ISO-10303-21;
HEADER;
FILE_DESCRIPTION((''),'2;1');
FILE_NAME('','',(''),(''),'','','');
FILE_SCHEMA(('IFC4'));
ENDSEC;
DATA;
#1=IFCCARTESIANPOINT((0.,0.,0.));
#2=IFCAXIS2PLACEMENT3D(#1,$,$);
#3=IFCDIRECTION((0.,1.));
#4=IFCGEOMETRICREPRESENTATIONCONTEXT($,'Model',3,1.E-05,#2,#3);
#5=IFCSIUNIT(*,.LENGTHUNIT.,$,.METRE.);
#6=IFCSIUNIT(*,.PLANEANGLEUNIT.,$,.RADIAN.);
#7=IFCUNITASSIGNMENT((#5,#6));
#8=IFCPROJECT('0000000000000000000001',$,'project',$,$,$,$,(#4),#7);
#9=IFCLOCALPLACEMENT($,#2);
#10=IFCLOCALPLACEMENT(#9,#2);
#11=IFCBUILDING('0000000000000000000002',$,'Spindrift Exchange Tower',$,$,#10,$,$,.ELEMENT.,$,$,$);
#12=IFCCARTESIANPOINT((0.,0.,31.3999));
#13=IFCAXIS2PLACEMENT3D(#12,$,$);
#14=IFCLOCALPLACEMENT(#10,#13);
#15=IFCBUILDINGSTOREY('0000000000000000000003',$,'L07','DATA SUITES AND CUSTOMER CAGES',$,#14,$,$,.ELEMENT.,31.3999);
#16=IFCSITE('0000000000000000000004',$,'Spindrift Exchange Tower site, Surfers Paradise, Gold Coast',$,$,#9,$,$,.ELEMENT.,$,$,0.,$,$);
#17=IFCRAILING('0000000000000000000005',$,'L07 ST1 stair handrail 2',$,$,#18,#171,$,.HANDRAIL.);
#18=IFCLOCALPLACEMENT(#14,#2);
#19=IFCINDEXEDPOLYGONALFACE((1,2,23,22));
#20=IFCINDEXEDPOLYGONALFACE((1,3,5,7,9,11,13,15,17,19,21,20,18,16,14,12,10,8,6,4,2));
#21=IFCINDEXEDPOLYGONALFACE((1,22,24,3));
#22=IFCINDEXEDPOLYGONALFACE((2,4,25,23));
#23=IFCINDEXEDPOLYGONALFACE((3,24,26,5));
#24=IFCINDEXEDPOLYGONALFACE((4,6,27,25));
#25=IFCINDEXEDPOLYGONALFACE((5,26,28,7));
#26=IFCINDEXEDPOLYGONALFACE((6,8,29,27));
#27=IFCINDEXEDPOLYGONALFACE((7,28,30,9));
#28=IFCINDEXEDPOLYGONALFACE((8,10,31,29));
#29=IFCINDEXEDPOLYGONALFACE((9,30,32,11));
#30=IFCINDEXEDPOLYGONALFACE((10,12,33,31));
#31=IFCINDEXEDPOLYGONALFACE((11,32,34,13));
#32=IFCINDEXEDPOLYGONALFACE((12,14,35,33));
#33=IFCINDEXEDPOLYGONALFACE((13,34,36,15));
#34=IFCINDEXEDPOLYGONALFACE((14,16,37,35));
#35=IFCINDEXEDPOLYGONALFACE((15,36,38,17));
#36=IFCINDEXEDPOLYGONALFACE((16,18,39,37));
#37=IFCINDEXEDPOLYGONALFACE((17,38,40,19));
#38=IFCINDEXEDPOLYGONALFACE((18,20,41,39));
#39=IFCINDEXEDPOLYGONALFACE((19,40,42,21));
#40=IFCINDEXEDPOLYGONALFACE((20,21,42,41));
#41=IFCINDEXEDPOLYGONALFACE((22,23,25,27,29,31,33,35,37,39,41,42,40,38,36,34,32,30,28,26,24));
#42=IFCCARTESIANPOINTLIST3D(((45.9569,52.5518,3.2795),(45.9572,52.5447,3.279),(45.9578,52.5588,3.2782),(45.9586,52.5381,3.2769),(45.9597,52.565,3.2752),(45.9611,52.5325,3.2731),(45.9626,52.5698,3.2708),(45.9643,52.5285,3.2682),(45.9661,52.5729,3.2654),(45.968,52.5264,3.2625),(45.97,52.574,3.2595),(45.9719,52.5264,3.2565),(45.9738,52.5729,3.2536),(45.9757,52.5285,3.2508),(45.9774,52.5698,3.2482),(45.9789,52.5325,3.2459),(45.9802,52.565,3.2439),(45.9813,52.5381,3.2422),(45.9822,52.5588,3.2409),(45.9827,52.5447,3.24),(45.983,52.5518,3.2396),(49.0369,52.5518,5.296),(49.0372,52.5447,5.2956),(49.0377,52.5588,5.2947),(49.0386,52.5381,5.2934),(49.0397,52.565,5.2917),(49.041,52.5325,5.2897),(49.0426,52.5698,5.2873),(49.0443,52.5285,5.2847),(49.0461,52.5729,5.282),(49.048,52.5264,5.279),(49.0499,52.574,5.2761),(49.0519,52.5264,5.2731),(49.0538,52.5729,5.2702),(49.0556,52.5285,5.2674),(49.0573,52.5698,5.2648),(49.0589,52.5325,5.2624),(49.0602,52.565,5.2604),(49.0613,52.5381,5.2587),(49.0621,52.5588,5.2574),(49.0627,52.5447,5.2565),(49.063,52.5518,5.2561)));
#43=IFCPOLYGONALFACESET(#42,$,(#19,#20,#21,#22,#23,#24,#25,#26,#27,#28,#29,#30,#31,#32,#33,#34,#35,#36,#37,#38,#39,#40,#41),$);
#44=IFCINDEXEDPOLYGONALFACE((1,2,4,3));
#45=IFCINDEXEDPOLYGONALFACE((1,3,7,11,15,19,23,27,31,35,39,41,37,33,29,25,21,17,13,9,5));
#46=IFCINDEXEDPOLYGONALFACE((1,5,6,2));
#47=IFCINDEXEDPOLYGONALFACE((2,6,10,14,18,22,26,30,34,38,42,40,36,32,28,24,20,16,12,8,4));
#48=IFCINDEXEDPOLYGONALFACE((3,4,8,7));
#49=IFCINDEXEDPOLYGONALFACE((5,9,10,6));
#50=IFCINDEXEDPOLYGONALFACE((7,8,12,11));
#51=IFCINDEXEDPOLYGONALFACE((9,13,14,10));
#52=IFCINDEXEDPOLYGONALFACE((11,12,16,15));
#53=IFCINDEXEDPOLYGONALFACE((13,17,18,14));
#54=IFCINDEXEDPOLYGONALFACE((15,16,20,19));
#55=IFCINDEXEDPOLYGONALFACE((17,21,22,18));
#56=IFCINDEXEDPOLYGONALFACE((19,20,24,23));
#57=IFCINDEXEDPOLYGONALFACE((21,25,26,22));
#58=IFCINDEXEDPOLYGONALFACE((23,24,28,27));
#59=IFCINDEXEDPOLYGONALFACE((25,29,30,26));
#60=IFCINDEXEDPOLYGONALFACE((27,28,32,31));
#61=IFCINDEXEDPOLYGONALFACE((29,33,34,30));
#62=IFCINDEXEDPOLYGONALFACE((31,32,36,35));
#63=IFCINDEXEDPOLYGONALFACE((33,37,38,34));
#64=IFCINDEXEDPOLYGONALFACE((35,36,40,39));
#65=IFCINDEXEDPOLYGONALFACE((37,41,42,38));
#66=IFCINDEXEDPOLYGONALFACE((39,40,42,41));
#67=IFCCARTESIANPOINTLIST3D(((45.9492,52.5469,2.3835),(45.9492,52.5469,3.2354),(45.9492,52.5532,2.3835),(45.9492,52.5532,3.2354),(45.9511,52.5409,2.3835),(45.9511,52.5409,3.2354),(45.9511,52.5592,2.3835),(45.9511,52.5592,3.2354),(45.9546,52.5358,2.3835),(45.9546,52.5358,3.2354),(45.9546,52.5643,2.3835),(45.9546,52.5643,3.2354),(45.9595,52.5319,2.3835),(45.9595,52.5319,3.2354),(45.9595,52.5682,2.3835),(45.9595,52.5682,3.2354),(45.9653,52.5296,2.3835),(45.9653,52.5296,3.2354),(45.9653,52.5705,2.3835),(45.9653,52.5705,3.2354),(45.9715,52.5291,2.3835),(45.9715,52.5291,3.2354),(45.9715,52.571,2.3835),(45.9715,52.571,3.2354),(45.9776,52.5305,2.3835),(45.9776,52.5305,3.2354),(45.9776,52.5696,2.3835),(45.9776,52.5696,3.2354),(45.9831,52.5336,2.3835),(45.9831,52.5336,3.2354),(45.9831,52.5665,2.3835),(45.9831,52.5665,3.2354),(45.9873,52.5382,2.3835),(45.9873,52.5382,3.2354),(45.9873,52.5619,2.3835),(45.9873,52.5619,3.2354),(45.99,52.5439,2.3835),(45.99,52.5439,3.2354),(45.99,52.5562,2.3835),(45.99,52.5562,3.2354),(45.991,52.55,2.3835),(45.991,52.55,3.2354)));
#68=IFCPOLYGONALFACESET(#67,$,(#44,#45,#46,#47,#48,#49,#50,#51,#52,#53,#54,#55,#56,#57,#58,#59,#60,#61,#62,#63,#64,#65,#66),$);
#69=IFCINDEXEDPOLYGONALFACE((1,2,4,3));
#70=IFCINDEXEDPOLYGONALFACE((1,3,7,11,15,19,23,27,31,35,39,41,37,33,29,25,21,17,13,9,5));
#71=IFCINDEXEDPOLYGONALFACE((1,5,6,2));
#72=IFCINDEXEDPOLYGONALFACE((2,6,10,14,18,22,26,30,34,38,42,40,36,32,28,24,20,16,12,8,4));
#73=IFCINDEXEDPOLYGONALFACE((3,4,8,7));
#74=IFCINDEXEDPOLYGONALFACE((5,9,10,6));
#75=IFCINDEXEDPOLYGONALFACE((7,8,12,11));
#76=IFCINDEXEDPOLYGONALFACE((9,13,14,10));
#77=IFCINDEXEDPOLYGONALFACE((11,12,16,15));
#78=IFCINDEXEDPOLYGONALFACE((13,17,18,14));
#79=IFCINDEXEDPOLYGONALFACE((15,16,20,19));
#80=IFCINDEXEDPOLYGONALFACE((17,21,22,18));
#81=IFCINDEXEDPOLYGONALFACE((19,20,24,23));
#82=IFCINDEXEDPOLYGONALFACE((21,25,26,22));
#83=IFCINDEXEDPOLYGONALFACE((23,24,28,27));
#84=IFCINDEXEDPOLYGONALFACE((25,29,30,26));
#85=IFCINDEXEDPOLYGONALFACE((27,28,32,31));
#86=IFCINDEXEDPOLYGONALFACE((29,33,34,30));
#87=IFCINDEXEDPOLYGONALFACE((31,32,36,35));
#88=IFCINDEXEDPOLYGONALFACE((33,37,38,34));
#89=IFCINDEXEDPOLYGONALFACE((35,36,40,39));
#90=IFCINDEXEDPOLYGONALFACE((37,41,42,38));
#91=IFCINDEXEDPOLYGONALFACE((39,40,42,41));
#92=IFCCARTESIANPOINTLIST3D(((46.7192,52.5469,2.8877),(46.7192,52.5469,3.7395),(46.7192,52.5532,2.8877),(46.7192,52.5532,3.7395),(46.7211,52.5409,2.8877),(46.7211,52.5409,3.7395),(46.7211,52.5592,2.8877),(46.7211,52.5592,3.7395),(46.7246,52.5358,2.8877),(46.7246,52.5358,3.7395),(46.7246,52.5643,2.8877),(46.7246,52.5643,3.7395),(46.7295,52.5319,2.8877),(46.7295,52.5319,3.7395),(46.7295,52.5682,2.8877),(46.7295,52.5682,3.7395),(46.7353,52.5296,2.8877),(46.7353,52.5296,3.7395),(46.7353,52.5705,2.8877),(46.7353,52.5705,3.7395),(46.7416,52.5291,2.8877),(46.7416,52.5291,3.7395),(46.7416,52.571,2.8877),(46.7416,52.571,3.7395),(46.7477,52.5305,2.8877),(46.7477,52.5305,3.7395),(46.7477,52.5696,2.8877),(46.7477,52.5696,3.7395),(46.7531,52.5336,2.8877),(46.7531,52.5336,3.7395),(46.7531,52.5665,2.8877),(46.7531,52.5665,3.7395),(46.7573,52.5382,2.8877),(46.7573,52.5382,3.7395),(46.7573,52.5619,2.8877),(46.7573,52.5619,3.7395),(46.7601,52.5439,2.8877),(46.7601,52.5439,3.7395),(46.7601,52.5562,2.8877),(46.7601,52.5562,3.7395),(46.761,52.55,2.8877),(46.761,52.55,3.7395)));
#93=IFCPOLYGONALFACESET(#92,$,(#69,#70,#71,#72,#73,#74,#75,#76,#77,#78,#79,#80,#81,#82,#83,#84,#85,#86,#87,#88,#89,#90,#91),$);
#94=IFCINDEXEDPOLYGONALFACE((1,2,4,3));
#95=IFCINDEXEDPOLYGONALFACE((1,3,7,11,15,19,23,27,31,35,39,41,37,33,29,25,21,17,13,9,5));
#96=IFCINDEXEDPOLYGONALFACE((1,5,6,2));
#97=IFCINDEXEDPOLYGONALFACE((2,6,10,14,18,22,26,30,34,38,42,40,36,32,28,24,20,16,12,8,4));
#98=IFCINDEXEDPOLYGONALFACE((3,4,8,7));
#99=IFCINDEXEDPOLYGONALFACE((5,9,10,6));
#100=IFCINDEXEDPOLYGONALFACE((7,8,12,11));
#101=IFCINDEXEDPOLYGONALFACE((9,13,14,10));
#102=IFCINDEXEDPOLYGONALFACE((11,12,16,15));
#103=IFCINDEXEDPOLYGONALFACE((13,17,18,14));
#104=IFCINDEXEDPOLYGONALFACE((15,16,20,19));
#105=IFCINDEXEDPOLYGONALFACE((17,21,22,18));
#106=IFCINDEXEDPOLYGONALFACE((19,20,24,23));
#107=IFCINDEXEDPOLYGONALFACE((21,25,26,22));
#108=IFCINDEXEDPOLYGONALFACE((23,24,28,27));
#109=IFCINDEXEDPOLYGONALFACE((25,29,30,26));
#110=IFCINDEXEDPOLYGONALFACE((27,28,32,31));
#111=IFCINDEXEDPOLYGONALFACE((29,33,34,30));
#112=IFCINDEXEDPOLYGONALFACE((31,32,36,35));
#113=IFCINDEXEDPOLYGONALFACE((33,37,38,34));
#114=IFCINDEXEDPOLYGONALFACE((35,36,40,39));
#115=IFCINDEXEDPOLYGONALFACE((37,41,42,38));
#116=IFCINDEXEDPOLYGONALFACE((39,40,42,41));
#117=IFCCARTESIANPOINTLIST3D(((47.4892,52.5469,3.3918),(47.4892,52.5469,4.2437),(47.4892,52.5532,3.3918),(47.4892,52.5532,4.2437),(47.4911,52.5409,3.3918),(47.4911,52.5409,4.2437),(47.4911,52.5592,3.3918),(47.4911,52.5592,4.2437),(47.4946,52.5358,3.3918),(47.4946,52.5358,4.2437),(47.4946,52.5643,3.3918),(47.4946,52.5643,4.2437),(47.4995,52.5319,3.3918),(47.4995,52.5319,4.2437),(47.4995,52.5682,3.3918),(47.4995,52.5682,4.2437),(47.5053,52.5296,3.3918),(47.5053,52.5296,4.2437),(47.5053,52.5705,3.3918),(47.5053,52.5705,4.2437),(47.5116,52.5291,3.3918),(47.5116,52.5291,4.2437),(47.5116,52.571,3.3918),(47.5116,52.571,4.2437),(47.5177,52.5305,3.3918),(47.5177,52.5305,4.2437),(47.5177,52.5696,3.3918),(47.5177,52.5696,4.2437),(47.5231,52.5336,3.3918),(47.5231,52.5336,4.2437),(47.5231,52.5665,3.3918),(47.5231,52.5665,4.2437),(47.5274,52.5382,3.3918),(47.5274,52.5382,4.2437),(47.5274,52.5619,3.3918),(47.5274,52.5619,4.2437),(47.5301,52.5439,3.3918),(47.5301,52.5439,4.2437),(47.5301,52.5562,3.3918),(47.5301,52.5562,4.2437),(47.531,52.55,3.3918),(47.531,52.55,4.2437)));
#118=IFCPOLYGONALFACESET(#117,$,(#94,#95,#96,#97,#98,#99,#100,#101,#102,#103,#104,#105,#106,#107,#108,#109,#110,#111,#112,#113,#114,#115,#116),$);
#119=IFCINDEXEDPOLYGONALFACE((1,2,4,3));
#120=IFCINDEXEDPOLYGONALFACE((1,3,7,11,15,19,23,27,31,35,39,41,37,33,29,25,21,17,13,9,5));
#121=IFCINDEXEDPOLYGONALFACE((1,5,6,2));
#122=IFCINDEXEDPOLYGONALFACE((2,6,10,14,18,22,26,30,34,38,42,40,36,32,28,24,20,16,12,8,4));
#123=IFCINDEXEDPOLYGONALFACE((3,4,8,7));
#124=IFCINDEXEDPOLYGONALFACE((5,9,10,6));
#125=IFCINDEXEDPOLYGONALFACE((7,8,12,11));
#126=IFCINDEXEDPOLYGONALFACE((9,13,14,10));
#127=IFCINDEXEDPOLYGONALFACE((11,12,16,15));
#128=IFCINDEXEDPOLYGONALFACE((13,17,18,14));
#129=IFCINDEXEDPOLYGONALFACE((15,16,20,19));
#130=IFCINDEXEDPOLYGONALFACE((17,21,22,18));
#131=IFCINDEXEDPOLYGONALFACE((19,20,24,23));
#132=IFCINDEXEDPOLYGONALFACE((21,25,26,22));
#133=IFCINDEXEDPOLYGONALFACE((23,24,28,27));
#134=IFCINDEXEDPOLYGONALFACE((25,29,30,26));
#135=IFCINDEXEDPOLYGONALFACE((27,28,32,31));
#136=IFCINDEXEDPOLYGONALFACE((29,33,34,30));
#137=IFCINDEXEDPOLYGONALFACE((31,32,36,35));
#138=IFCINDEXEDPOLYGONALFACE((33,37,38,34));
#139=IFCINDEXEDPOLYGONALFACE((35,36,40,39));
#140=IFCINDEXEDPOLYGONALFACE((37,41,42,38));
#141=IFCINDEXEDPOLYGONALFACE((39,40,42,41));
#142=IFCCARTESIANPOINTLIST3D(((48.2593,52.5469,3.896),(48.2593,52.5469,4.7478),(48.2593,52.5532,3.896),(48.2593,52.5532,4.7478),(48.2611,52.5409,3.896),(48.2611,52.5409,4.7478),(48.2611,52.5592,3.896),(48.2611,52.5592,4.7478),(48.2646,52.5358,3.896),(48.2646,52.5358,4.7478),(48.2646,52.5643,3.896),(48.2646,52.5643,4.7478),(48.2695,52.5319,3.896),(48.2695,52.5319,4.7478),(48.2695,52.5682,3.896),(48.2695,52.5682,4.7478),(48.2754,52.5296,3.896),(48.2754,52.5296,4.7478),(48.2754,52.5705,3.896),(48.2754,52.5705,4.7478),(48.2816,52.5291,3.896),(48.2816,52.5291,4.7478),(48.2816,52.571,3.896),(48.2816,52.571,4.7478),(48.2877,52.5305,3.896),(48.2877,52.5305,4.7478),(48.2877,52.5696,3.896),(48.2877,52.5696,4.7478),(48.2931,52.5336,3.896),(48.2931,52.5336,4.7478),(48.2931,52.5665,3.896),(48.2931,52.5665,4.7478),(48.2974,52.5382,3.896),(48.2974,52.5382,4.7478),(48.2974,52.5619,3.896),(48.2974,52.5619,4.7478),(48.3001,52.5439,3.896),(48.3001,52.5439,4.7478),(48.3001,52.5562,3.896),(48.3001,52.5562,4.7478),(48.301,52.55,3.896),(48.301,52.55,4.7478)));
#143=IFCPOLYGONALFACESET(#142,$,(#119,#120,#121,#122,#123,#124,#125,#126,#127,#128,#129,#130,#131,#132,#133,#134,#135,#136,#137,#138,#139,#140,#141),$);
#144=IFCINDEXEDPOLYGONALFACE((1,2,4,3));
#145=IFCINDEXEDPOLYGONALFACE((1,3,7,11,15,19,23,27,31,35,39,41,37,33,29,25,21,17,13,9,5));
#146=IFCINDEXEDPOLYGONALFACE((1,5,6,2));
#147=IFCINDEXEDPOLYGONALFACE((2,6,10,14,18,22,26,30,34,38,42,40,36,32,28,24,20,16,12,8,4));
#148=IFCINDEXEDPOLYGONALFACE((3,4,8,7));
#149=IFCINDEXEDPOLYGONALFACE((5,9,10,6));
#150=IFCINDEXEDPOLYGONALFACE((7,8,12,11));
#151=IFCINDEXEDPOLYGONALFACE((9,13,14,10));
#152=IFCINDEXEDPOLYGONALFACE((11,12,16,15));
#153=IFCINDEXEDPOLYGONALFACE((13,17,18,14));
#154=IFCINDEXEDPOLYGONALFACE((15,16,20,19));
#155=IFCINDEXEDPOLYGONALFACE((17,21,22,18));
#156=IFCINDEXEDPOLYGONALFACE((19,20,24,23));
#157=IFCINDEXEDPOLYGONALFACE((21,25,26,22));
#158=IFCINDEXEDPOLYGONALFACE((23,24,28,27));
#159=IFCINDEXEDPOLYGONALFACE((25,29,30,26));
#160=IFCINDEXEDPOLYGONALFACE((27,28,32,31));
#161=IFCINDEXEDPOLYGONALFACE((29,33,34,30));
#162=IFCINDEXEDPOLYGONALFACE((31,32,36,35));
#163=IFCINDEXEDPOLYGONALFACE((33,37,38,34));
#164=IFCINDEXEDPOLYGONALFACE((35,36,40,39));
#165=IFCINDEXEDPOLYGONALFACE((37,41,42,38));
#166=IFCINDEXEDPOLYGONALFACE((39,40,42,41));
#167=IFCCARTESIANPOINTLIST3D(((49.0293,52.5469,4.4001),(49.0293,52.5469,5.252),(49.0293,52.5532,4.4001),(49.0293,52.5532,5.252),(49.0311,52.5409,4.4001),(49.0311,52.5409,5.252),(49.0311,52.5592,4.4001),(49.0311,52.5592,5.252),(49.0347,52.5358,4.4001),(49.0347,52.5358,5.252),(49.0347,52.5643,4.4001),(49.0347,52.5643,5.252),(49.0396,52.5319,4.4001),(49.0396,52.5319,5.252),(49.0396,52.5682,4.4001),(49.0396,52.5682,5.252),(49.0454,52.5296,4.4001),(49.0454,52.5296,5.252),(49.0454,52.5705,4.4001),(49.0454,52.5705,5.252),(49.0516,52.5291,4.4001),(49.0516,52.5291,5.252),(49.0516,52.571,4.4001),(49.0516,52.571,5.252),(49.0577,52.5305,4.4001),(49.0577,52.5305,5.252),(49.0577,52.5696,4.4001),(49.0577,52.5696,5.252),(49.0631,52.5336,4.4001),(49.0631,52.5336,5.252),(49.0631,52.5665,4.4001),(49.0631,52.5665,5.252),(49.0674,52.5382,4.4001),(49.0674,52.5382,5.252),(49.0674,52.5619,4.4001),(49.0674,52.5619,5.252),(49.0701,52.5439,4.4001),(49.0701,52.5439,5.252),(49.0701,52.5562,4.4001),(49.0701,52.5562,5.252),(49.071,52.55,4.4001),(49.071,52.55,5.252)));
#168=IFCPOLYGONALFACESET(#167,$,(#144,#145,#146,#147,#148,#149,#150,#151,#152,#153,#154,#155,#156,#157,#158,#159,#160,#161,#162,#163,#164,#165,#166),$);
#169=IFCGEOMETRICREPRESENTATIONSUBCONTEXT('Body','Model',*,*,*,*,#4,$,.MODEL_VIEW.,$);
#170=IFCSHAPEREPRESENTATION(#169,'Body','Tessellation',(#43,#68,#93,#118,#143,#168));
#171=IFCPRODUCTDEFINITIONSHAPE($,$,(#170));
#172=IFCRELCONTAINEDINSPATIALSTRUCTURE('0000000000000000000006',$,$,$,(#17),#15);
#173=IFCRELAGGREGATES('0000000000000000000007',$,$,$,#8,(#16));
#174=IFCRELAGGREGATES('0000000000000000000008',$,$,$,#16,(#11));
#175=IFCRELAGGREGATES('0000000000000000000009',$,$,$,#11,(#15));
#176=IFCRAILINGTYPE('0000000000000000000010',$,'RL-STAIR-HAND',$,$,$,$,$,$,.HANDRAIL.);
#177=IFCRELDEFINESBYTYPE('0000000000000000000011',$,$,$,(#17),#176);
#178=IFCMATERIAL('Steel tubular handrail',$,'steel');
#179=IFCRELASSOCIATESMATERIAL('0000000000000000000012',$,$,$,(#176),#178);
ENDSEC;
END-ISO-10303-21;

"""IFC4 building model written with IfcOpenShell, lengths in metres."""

from ifc_helpers import new_model, si_unit, direction, frame, origin, origin_2d, place, context, subcontext, project, spatial, circle, extrude, material, type_object, element, save


model = new_model("IFC4")

# Units and contexts
model_context = context("Model", 3, precision=1e-05, world=origin(), true_north=direction((0.0, 1.0)))
body_context = subcontext(model_context, "Body", "Model", "MODEL_VIEW")
ifc_project = project(units=[si_unit("LENGTHUNIT", "METRE"), si_unit("PLANEANGLEUNIT", "RADIAN")], contexts=[model_context])

# Site, building, storey
site_placement = place(None, origin())
site = spatial("IfcSite", under=ifc_project, at=site_placement, Name="Spindrift Exchange Tower site, Surfers Paradise, Gold Coast", CompositionType="ELEMENT", RefElevation=0.0)
building_placement = place(site_placement, origin())
building = spatial("IfcBuilding", under=site, at=building_placement, Name="Spindrift Exchange Tower", CompositionType="ELEMENT")
storey_placement = place(building_placement, frame((0.0, 0.0, 31.3999)))
storey = spatial("IfcBuildingStorey", under=building, at=storey_placement, Name="L07", Description="DATA SUITES AND CUSTOMER CAGES", CompositionType="ELEMENT", Elevation=31.3999)

# Railing
ifc_material_1 = material(Name="Steel tubular handrail", Category="steel")
railing_type_1 = type_object("IfcRailingType", Name="RL-STAIR-HAND", PredefinedType="HANDRAIL", material=ifc_material_1)
railing_1_placement = place(storey_placement, frame((45.97, 52.55, 2.3835)))
element("IfcRailing", 1, at=railing_1_placement, inside=storey, type_object=railing_type_1, Name="L07 ST1 stair handrail 2", PredefinedType="HANDRAIL", context=body_context, shape_type="SweptSolid", body=[
    extrude(circle(Radius=0.0239, at=origin_2d()), frame((0.0, 0.0, 0.876), z_axis=(0.836633, 0.0, 0.547764), x_axis=(0.0, 1.0, 0.0)), (0.0, 0.0, 1.0), 3.6814),
    extrude(circle(Radius=0.021, at=origin_2d()), origin(), (0.0, 0.0, 1.0), 0.8518),
    extrude(circle(Radius=0.021, at=origin_2d()), frame((0.77, 0.0, 0.5042)), (0.0, 0.0, 1.0), 0.8518),
    extrude(circle(Radius=0.021, at=origin_2d()), frame((1.54, 0.0, 1.0083)), (0.0, 0.0, 1.0), 0.8518),
    extrude(circle(Radius=0.021, at=origin_2d()), frame((2.3101, 0.0, 1.5125)), (0.0, 0.0, 1.0), 0.8518),
    extrude(circle(Radius=0.021, at=origin_2d()), frame((3.0801, 0.0, 2.0166)), (0.0, 0.0, 1.0), 0.8518),
])

save(model, "model.ifc")
